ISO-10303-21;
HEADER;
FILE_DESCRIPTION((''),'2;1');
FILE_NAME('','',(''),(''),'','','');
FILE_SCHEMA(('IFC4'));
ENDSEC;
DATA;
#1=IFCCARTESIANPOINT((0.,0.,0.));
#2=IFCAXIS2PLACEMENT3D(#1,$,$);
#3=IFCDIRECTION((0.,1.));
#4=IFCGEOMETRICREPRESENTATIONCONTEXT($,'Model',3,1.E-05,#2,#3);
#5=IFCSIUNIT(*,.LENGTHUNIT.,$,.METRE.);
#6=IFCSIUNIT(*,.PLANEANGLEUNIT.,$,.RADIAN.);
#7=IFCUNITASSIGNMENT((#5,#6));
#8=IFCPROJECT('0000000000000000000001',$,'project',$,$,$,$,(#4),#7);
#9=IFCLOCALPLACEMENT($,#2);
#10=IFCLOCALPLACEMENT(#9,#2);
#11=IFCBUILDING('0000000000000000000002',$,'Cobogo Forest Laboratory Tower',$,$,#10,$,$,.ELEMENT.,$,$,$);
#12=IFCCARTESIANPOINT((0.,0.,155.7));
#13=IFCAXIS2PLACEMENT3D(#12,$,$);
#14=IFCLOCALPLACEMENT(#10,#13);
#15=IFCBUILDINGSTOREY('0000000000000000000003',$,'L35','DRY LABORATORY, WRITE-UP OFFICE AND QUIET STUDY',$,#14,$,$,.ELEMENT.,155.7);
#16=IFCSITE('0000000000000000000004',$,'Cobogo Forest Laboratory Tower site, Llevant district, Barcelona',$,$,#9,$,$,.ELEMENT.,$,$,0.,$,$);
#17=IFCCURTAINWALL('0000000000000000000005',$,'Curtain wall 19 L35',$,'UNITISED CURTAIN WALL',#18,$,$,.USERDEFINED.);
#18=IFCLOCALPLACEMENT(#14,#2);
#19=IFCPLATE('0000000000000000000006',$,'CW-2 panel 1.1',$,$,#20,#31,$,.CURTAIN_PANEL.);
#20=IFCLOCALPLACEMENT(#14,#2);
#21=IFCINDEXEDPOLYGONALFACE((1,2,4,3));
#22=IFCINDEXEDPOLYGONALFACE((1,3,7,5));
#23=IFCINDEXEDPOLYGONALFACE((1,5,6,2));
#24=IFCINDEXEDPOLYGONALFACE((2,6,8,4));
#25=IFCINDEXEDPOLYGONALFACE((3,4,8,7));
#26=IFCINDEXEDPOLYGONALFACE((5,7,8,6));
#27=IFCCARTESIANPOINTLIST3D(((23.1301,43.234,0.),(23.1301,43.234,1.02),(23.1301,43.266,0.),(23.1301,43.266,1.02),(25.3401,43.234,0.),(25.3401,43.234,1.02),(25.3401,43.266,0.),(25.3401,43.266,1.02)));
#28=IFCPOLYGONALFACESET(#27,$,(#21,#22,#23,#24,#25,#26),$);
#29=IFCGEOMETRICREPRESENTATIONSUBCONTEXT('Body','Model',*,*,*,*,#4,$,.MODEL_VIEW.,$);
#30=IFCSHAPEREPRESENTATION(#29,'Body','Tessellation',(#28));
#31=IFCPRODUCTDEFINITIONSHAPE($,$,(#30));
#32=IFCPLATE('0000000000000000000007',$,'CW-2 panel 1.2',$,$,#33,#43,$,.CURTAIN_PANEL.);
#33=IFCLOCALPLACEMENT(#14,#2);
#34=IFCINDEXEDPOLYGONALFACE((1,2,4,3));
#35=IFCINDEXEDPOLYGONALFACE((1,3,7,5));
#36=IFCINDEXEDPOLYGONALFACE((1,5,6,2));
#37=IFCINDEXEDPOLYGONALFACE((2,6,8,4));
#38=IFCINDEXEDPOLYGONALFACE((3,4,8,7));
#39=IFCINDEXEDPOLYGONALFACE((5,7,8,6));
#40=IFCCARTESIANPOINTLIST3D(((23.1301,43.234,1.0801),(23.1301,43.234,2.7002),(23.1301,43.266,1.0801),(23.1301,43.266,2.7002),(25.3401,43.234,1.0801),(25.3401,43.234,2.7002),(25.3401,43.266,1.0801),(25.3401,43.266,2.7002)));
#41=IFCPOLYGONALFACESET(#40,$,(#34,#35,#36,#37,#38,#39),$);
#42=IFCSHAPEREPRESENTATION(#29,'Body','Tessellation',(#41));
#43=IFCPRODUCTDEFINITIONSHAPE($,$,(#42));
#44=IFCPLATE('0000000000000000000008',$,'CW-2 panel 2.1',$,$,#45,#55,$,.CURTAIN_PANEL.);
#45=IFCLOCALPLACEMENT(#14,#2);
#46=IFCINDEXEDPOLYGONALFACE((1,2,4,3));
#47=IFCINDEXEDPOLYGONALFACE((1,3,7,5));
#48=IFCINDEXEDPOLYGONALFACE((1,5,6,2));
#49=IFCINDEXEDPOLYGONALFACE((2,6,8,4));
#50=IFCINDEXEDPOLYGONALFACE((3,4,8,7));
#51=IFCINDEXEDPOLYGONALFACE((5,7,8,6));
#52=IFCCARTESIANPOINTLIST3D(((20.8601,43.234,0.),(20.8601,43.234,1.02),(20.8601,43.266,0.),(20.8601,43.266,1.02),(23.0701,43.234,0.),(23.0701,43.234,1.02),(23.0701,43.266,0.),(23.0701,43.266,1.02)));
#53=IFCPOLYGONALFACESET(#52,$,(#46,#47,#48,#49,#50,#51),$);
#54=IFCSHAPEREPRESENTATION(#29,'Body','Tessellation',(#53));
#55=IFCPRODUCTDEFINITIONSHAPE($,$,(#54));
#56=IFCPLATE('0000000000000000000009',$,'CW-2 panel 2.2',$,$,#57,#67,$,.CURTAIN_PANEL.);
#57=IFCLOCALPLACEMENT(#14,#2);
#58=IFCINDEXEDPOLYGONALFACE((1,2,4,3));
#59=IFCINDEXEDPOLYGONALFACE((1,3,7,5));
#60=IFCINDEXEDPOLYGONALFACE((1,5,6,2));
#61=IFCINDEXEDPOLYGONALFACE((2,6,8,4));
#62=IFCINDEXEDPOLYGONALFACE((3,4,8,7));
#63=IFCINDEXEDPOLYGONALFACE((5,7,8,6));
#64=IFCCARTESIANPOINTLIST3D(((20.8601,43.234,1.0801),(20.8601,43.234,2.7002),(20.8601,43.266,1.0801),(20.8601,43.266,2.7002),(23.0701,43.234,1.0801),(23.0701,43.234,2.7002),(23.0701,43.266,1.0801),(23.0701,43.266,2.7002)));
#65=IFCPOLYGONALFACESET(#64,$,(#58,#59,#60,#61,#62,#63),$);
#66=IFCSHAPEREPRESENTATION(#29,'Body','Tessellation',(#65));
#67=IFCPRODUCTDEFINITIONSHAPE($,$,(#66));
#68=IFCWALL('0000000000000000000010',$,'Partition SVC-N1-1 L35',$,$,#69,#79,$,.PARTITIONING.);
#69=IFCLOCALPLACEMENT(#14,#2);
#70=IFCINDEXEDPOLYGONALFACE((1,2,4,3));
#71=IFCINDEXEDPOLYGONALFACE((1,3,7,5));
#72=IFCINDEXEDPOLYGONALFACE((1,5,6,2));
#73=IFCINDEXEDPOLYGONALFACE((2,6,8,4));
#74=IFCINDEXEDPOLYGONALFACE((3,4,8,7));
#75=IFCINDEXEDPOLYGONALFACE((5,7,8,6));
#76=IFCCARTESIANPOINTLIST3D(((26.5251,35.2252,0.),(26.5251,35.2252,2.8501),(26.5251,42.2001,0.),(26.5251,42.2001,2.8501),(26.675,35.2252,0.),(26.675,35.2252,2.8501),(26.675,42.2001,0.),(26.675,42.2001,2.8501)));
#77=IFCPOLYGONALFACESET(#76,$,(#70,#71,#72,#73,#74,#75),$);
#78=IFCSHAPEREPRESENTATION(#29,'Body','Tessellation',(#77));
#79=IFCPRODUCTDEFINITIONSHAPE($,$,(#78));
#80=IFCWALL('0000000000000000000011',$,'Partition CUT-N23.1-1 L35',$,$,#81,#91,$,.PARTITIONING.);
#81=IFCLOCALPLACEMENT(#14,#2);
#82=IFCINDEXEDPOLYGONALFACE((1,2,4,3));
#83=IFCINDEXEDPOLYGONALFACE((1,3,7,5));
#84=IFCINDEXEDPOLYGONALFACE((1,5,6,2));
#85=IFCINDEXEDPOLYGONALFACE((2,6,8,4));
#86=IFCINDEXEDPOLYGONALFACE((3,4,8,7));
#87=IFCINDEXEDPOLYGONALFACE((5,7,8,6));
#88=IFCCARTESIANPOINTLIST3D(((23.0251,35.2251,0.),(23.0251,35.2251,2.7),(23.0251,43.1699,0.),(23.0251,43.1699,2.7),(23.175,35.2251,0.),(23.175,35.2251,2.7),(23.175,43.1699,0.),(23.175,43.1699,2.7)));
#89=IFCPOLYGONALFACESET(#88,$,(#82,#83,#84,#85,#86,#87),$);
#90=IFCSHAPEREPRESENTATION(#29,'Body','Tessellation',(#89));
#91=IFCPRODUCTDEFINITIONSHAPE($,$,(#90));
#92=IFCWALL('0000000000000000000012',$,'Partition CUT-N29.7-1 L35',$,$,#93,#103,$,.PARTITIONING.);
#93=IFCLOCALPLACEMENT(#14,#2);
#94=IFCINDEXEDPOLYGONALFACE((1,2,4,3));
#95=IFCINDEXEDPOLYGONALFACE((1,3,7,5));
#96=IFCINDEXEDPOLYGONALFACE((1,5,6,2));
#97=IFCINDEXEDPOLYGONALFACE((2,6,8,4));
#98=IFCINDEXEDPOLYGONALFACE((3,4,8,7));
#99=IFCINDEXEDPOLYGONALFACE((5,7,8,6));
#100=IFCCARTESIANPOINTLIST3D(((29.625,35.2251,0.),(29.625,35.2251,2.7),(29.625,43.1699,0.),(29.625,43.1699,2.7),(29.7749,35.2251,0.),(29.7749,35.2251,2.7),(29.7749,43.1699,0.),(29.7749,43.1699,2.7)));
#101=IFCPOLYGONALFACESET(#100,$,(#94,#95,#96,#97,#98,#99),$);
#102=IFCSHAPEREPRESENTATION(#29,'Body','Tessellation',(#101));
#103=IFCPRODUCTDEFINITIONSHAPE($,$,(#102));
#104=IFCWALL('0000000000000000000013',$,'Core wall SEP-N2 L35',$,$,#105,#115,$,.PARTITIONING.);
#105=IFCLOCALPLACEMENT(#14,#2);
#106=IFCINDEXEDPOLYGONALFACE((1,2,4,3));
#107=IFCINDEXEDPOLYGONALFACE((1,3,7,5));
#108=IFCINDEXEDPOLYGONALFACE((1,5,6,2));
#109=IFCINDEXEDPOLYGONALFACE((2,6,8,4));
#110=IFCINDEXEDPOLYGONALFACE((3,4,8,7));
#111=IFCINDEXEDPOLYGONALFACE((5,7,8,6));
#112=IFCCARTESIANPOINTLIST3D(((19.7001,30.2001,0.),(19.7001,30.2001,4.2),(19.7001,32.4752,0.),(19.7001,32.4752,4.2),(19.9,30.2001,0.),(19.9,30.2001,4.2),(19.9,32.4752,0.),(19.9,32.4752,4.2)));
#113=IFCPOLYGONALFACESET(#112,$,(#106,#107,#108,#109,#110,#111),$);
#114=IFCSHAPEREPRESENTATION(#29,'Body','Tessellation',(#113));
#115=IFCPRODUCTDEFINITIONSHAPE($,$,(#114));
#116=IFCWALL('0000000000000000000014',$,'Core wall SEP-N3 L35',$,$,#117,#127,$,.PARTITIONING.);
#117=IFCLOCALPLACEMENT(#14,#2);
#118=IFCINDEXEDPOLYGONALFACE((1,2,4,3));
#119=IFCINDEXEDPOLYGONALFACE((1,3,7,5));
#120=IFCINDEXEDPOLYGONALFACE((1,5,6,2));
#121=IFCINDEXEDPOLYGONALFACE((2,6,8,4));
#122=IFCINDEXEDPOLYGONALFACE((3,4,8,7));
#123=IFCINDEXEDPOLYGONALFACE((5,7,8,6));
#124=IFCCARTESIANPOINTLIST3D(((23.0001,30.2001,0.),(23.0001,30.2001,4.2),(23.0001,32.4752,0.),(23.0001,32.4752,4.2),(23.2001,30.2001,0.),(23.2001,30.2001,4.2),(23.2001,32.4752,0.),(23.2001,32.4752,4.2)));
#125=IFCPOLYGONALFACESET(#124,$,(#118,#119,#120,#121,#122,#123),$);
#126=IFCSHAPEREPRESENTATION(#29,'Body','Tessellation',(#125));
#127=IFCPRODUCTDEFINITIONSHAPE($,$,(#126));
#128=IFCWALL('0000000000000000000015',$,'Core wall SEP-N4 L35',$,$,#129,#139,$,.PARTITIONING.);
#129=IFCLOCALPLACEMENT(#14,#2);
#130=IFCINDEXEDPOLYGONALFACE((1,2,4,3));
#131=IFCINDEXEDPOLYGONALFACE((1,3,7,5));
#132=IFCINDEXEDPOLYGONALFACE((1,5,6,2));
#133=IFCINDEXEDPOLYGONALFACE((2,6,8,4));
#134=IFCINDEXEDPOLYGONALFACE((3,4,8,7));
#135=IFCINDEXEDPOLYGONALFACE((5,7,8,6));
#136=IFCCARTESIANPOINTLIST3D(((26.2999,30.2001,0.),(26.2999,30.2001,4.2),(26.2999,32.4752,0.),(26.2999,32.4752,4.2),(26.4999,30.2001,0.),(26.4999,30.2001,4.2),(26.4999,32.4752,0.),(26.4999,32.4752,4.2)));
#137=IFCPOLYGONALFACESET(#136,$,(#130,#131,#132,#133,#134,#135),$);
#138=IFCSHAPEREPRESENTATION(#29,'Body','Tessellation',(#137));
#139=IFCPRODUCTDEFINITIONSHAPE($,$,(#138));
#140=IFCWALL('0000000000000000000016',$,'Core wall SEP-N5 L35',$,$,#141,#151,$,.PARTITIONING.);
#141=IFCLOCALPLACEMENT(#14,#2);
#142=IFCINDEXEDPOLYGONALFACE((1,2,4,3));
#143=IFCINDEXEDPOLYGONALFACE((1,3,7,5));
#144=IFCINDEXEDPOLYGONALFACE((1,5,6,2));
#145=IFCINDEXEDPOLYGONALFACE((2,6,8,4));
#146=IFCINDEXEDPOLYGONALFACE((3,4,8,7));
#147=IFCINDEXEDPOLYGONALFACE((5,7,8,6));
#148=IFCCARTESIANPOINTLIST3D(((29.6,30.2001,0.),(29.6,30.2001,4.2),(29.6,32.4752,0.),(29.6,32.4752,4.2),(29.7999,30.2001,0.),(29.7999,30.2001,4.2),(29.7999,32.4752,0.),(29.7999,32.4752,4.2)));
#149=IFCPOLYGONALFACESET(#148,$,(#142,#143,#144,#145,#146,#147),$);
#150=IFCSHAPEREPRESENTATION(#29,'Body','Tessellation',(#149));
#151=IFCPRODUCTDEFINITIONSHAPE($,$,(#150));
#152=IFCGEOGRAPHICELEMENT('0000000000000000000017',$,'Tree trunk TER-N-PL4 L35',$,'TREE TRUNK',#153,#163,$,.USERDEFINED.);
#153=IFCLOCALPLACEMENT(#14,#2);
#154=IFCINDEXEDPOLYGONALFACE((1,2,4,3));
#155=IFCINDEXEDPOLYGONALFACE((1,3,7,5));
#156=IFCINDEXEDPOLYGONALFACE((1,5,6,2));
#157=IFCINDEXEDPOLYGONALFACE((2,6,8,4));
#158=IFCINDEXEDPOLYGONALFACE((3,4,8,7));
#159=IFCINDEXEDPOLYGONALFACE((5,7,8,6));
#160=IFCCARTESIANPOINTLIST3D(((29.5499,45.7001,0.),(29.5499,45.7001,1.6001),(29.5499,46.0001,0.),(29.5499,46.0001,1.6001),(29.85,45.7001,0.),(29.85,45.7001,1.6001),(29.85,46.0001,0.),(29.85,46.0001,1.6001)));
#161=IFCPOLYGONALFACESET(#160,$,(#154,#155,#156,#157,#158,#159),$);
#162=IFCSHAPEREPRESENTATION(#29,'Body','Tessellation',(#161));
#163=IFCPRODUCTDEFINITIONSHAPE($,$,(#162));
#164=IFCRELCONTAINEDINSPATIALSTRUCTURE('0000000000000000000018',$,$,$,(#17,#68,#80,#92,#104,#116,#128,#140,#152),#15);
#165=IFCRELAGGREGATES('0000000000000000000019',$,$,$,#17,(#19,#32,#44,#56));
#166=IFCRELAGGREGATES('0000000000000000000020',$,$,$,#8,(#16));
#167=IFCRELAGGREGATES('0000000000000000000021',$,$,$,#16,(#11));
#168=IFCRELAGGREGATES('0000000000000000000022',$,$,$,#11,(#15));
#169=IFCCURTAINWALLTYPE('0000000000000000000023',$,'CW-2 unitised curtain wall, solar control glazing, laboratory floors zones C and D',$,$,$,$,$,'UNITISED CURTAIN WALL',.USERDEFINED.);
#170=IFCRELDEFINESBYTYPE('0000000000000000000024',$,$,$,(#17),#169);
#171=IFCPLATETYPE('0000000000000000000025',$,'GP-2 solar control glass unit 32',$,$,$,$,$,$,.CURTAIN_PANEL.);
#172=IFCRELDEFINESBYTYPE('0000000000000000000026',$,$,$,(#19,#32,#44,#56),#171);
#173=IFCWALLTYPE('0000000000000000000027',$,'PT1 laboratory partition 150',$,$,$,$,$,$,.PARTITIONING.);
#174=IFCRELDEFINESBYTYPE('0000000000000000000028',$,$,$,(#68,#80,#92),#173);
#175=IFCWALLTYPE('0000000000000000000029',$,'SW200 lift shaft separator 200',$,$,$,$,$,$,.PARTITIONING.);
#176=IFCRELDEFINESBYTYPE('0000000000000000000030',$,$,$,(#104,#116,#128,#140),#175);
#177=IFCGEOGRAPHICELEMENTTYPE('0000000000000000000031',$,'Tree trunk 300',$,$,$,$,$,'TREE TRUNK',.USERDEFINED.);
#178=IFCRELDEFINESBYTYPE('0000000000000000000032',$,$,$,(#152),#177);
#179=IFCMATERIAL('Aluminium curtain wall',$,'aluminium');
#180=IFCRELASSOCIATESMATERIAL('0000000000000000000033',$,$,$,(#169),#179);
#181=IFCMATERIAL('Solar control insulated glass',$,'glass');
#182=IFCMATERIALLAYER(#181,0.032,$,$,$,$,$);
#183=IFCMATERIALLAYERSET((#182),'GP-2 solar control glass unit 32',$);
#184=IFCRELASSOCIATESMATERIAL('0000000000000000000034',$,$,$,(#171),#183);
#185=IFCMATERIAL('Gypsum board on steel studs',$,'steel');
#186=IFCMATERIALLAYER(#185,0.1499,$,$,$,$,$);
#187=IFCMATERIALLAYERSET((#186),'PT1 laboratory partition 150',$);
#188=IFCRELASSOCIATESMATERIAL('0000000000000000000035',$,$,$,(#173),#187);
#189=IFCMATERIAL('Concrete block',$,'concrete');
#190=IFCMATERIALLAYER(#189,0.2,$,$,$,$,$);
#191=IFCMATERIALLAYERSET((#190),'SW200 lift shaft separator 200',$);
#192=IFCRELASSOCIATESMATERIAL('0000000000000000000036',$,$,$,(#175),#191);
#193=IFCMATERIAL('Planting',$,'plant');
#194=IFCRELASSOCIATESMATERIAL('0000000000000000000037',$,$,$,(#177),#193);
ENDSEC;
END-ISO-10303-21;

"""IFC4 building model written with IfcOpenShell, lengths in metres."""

from ifc_helpers import new_model, si_unit, direction, frame, frame_2d, origin, origin_2d, place, context, subcontext, project, spatial, rectangle, extrude, material, layer, layer_set, type_object, element, aggregate, save


model = new_model("IFC4")

# Units and contexts
model_context = context("Model", 3, precision=1e-05, world=origin(), true_north=direction((0.0, 1.0)))
body_context = subcontext(model_context, "Body", "Model", "MODEL_VIEW")
ifc_project = project(units=[si_unit("LENGTHUNIT", "METRE"), si_unit("PLANEANGLEUNIT", "RADIAN")], contexts=[model_context])

# Site, building, storey
site_placement = place(None, origin())
site = spatial("IfcSite", under=ifc_project, at=site_placement, Name="Cobogo Forest Laboratory Tower site, Llevant district, Barcelona", CompositionType="ELEMENT", RefElevation=0.0)
building_placement = place(site_placement, origin())
building = spatial("IfcBuilding", under=site, at=building_placement, Name="Cobogo Forest Laboratory Tower", CompositionType="ELEMENT")
storey_placement = place(building_placement, frame((0.0, 0.0, 155.7)))
storey = spatial("IfcBuildingStorey", under=building, at=storey_placement, Name="L35", Description="DRY LABORATORY, WRITE-UP OFFICE AND QUIET STUDY", CompositionType="ELEMENT", Elevation=155.7)

# Curtain wall
ifc_material_1 = material(Name="Aluminium curtain wall", Category="aluminium")
curtain_wall_type = type_object("IfcCurtainWallType", Name="CW-2 unitised curtain wall, solar control glazing, laboratory floors zones C and D", ElementType="UNITISED CURTAIN WALL", PredefinedType="USERDEFINED", material=ifc_material_1)
curtain_wall_placement = place(storey_placement, origin())
curtain_wall = element("IfcCurtainWall", 1, at=curtain_wall_placement, inside=storey, type_object=curtain_wall_type, Name="Curtain wall 19 L35", ObjectType="UNITISED CURTAIN WALL", PredefinedType="USERDEFINED")

# Plates
ifc_material_2 = material(Name="Solar control insulated glass", Category="glass")
ifc_layer_1 = layer(ifc_material_2, 0.032)
ifc_layer_set_1 = layer_set([ifc_layer_1], Name="GP-2 solar control glass unit 32")
plate_type_1 = type_object("IfcPlateType", Name="GP-2 solar control glass unit 32", PredefinedType="CURTAIN_PANEL", material=ifc_layer_set_1)
plate_1_placement = place(storey_placement, frame((24.2351, 43.25, 0.0), z_axis=(0.0, 0.0, 1.0), x_axis=(-1.0, 0.0, 0.0)))
plate_1 = element("IfcPlate", 2, at=plate_1_placement, type_object=plate_type_1, Name="CW-2 panel 1.1", PredefinedType="CURTAIN_PANEL", context=body_context, shape_type="SweptSolid", body=[
    extrude(rectangle(XDim=2.21, YDim=0.032, at=origin_2d()), origin(), (0.0, 0.0, 1.0), 1.02),
])
plate_2_placement = place(storey_placement, frame((24.2351, 43.25, 1.0801), z_axis=(0.0, 0.0, 1.0), x_axis=(-1.0, 0.0, 0.0)))
plate_2 = element("IfcPlate", 3, at=plate_2_placement, type_object=plate_type_1, Name="CW-2 panel 1.2", PredefinedType="CURTAIN_PANEL", context=body_context, shape_type="SweptSolid", body=[
    extrude(rectangle(XDim=2.21, YDim=0.032, at=origin_2d()), origin(), (0.0, 0.0, 1.0), 1.6201),
])
plate_3_placement = place(storey_placement, frame((21.9651, 43.25, 0.0), z_axis=(0.0, 0.0, 1.0), x_axis=(-1.0, 0.0, 0.0)))
plate_3 = element("IfcPlate", 4, at=plate_3_placement, type_object=plate_type_1, Name="CW-2 panel 2.1", PredefinedType="CURTAIN_PANEL", context=body_context, shape_type="SweptSolid", body=[
    extrude(rectangle(XDim=2.21, YDim=0.032, at=origin_2d()), origin(), (0.0, 0.0, 1.0), 1.02),
])
plate_4_placement = place(storey_placement, frame((21.9651, 43.25, 1.0801), z_axis=(0.0, 0.0, 1.0), x_axis=(-1.0, 0.0, 0.0)))
plate_4 = element("IfcPlate", 5, at=plate_4_placement, type_object=plate_type_1, Name="CW-2 panel 2.2", PredefinedType="CURTAIN_PANEL", context=body_context, shape_type="SweptSolid", body=[
    extrude(rectangle(XDim=2.21, YDim=0.032, at=origin_2d()), origin(), (0.0, 0.0, 1.0), 1.6201),
])
aggregate(curtain_wall, [plate_1, plate_2, plate_3, plate_4])

# Walls
ifc_material_3 = material(Name="Gypsum board on steel studs", Category="steel")
ifc_layer_2 = layer(ifc_material_3, 0.1499)
ifc_layer_set_2 = layer_set([ifc_layer_2], Name="PT1 laboratory partition 150")
wall_type_1 = type_object("IfcWallType", Name="PT1 laboratory partition 150", PredefinedType="PARTITIONING", material=ifc_layer_set_2)
wall_placement = place(storey_placement, frame((26.6001, 42.2, 0.0), z_axis=(0.0, 0.0, 1.0), x_axis=(0.0, -1.0, 0.0)))
element("IfcWall", 6, at=wall_placement, inside=storey, type_object=wall_type_1, Name="Partition SVC-N1-1 L35", PredefinedType="PARTITIONING", context=body_context, shape_type="SweptSolid", body=[
    extrude(rectangle(XDim=6.9749, YDim=0.1499, at=frame_2d((3.4873, 0.0))), origin(), (0.0, 0.0, 1.0), 2.8501),
])
for number, where, z_axis, x_axis, name in (
    (7, (23.1001, 43.1699, 0.0), (0.0, 0.0, 1.0), (0.0, -1.0, 0.0), "Partition CUT-N23.1-1 L35"),
    (8, (29.7, 43.1699, 0.0), (0.0, 0.0, 1.0), (0.0, -1.0, 0.0), "Partition CUT-N29.7-1 L35"),
):
    element("IfcWall", number, at=place(storey_placement, frame(where, z_axis=z_axis, x_axis=x_axis)), inside=storey, type_object=wall_type_1, Name=name, PredefinedType="PARTITIONING", context=body_context, shape_type="SweptSolid", body=[
        extrude(rectangle(XDim=7.9448, YDim=0.1499, at=frame_2d((3.9724, 0.0))), origin(), (0.0, 0.0, 1.0), 2.7),
    ])
ifc_material_4 = material(Name="Concrete block", Category="concrete")
ifc_layer_3 = layer(ifc_material_4, 0.2)
ifc_layer_set_3 = layer_set([ifc_layer_3], Name="SW200 lift shaft separator 200")
wall_type_2 = type_object("IfcWallType", Name="SW200 lift shaft separator 200", PredefinedType="PARTITIONING", material=ifc_layer_set_3)
for number, where, z_axis, x_axis, name in (
    (9, (19.8, 30.2, 0.0), (0.0, 0.0, 1.0), (0.0, 1.0, 0.0), "Core wall SEP-N2 L35"),
    (10, (23.1001, 30.2, 0.0), (0.0, 0.0, 1.0), (0.0, 1.0, 0.0), "Core wall SEP-N3 L35"),
    (11, (26.3999, 30.2, 0.0), (0.0, 0.0, 1.0), (0.0, 1.0, 0.0), "Core wall SEP-N4 L35"),
    (12, (29.7, 30.2, 0.0), (0.0, 0.0, 1.0), (0.0, 1.0, 0.0), "Core wall SEP-N5 L35"),
):
    element("IfcWall", number, at=place(storey_placement, frame(where, z_axis=z_axis, x_axis=x_axis)), inside=storey, type_object=wall_type_2, Name=name, PredefinedType="PARTITIONING", context=body_context, shape_type="SweptSolid", body=[
        extrude(rectangle(XDim=2.2751, YDim=0.2, at=frame_2d((1.1377, 0.0))), origin(), (0.0, 0.0, 1.0), 4.2),
    ])

# Geographic element
ifc_material_5 = material(Name="Planting", Category="plant")
geographic_element_type = type_object("IfcGeographicElementType", Name="Tree trunk 300", ElementType="TREE TRUNK", PredefinedType="USERDEFINED", material=ifc_material_5)
geographic_element_placement = place(storey_placement, frame((29.7, 45.8501, 0.0), z_axis=(0.0, 0.0, 1.0), x_axis=(1.0, 0.0, 0.0)))
element("IfcGeographicElement", 13, at=geographic_element_placement, inside=storey, type_object=geographic_element_type, Name="Tree trunk TER-N-PL4 L35", ObjectType="TREE TRUNK", PredefinedType="USERDEFINED", context=body_context, shape_type="SweptSolid", body=[
    extrude(rectangle(XDim=0.3, YDim=0.3, at=origin_2d()), origin(), (0.0, 0.0, 1.0), 1.6001),
])

save(model, "model.ifc")
